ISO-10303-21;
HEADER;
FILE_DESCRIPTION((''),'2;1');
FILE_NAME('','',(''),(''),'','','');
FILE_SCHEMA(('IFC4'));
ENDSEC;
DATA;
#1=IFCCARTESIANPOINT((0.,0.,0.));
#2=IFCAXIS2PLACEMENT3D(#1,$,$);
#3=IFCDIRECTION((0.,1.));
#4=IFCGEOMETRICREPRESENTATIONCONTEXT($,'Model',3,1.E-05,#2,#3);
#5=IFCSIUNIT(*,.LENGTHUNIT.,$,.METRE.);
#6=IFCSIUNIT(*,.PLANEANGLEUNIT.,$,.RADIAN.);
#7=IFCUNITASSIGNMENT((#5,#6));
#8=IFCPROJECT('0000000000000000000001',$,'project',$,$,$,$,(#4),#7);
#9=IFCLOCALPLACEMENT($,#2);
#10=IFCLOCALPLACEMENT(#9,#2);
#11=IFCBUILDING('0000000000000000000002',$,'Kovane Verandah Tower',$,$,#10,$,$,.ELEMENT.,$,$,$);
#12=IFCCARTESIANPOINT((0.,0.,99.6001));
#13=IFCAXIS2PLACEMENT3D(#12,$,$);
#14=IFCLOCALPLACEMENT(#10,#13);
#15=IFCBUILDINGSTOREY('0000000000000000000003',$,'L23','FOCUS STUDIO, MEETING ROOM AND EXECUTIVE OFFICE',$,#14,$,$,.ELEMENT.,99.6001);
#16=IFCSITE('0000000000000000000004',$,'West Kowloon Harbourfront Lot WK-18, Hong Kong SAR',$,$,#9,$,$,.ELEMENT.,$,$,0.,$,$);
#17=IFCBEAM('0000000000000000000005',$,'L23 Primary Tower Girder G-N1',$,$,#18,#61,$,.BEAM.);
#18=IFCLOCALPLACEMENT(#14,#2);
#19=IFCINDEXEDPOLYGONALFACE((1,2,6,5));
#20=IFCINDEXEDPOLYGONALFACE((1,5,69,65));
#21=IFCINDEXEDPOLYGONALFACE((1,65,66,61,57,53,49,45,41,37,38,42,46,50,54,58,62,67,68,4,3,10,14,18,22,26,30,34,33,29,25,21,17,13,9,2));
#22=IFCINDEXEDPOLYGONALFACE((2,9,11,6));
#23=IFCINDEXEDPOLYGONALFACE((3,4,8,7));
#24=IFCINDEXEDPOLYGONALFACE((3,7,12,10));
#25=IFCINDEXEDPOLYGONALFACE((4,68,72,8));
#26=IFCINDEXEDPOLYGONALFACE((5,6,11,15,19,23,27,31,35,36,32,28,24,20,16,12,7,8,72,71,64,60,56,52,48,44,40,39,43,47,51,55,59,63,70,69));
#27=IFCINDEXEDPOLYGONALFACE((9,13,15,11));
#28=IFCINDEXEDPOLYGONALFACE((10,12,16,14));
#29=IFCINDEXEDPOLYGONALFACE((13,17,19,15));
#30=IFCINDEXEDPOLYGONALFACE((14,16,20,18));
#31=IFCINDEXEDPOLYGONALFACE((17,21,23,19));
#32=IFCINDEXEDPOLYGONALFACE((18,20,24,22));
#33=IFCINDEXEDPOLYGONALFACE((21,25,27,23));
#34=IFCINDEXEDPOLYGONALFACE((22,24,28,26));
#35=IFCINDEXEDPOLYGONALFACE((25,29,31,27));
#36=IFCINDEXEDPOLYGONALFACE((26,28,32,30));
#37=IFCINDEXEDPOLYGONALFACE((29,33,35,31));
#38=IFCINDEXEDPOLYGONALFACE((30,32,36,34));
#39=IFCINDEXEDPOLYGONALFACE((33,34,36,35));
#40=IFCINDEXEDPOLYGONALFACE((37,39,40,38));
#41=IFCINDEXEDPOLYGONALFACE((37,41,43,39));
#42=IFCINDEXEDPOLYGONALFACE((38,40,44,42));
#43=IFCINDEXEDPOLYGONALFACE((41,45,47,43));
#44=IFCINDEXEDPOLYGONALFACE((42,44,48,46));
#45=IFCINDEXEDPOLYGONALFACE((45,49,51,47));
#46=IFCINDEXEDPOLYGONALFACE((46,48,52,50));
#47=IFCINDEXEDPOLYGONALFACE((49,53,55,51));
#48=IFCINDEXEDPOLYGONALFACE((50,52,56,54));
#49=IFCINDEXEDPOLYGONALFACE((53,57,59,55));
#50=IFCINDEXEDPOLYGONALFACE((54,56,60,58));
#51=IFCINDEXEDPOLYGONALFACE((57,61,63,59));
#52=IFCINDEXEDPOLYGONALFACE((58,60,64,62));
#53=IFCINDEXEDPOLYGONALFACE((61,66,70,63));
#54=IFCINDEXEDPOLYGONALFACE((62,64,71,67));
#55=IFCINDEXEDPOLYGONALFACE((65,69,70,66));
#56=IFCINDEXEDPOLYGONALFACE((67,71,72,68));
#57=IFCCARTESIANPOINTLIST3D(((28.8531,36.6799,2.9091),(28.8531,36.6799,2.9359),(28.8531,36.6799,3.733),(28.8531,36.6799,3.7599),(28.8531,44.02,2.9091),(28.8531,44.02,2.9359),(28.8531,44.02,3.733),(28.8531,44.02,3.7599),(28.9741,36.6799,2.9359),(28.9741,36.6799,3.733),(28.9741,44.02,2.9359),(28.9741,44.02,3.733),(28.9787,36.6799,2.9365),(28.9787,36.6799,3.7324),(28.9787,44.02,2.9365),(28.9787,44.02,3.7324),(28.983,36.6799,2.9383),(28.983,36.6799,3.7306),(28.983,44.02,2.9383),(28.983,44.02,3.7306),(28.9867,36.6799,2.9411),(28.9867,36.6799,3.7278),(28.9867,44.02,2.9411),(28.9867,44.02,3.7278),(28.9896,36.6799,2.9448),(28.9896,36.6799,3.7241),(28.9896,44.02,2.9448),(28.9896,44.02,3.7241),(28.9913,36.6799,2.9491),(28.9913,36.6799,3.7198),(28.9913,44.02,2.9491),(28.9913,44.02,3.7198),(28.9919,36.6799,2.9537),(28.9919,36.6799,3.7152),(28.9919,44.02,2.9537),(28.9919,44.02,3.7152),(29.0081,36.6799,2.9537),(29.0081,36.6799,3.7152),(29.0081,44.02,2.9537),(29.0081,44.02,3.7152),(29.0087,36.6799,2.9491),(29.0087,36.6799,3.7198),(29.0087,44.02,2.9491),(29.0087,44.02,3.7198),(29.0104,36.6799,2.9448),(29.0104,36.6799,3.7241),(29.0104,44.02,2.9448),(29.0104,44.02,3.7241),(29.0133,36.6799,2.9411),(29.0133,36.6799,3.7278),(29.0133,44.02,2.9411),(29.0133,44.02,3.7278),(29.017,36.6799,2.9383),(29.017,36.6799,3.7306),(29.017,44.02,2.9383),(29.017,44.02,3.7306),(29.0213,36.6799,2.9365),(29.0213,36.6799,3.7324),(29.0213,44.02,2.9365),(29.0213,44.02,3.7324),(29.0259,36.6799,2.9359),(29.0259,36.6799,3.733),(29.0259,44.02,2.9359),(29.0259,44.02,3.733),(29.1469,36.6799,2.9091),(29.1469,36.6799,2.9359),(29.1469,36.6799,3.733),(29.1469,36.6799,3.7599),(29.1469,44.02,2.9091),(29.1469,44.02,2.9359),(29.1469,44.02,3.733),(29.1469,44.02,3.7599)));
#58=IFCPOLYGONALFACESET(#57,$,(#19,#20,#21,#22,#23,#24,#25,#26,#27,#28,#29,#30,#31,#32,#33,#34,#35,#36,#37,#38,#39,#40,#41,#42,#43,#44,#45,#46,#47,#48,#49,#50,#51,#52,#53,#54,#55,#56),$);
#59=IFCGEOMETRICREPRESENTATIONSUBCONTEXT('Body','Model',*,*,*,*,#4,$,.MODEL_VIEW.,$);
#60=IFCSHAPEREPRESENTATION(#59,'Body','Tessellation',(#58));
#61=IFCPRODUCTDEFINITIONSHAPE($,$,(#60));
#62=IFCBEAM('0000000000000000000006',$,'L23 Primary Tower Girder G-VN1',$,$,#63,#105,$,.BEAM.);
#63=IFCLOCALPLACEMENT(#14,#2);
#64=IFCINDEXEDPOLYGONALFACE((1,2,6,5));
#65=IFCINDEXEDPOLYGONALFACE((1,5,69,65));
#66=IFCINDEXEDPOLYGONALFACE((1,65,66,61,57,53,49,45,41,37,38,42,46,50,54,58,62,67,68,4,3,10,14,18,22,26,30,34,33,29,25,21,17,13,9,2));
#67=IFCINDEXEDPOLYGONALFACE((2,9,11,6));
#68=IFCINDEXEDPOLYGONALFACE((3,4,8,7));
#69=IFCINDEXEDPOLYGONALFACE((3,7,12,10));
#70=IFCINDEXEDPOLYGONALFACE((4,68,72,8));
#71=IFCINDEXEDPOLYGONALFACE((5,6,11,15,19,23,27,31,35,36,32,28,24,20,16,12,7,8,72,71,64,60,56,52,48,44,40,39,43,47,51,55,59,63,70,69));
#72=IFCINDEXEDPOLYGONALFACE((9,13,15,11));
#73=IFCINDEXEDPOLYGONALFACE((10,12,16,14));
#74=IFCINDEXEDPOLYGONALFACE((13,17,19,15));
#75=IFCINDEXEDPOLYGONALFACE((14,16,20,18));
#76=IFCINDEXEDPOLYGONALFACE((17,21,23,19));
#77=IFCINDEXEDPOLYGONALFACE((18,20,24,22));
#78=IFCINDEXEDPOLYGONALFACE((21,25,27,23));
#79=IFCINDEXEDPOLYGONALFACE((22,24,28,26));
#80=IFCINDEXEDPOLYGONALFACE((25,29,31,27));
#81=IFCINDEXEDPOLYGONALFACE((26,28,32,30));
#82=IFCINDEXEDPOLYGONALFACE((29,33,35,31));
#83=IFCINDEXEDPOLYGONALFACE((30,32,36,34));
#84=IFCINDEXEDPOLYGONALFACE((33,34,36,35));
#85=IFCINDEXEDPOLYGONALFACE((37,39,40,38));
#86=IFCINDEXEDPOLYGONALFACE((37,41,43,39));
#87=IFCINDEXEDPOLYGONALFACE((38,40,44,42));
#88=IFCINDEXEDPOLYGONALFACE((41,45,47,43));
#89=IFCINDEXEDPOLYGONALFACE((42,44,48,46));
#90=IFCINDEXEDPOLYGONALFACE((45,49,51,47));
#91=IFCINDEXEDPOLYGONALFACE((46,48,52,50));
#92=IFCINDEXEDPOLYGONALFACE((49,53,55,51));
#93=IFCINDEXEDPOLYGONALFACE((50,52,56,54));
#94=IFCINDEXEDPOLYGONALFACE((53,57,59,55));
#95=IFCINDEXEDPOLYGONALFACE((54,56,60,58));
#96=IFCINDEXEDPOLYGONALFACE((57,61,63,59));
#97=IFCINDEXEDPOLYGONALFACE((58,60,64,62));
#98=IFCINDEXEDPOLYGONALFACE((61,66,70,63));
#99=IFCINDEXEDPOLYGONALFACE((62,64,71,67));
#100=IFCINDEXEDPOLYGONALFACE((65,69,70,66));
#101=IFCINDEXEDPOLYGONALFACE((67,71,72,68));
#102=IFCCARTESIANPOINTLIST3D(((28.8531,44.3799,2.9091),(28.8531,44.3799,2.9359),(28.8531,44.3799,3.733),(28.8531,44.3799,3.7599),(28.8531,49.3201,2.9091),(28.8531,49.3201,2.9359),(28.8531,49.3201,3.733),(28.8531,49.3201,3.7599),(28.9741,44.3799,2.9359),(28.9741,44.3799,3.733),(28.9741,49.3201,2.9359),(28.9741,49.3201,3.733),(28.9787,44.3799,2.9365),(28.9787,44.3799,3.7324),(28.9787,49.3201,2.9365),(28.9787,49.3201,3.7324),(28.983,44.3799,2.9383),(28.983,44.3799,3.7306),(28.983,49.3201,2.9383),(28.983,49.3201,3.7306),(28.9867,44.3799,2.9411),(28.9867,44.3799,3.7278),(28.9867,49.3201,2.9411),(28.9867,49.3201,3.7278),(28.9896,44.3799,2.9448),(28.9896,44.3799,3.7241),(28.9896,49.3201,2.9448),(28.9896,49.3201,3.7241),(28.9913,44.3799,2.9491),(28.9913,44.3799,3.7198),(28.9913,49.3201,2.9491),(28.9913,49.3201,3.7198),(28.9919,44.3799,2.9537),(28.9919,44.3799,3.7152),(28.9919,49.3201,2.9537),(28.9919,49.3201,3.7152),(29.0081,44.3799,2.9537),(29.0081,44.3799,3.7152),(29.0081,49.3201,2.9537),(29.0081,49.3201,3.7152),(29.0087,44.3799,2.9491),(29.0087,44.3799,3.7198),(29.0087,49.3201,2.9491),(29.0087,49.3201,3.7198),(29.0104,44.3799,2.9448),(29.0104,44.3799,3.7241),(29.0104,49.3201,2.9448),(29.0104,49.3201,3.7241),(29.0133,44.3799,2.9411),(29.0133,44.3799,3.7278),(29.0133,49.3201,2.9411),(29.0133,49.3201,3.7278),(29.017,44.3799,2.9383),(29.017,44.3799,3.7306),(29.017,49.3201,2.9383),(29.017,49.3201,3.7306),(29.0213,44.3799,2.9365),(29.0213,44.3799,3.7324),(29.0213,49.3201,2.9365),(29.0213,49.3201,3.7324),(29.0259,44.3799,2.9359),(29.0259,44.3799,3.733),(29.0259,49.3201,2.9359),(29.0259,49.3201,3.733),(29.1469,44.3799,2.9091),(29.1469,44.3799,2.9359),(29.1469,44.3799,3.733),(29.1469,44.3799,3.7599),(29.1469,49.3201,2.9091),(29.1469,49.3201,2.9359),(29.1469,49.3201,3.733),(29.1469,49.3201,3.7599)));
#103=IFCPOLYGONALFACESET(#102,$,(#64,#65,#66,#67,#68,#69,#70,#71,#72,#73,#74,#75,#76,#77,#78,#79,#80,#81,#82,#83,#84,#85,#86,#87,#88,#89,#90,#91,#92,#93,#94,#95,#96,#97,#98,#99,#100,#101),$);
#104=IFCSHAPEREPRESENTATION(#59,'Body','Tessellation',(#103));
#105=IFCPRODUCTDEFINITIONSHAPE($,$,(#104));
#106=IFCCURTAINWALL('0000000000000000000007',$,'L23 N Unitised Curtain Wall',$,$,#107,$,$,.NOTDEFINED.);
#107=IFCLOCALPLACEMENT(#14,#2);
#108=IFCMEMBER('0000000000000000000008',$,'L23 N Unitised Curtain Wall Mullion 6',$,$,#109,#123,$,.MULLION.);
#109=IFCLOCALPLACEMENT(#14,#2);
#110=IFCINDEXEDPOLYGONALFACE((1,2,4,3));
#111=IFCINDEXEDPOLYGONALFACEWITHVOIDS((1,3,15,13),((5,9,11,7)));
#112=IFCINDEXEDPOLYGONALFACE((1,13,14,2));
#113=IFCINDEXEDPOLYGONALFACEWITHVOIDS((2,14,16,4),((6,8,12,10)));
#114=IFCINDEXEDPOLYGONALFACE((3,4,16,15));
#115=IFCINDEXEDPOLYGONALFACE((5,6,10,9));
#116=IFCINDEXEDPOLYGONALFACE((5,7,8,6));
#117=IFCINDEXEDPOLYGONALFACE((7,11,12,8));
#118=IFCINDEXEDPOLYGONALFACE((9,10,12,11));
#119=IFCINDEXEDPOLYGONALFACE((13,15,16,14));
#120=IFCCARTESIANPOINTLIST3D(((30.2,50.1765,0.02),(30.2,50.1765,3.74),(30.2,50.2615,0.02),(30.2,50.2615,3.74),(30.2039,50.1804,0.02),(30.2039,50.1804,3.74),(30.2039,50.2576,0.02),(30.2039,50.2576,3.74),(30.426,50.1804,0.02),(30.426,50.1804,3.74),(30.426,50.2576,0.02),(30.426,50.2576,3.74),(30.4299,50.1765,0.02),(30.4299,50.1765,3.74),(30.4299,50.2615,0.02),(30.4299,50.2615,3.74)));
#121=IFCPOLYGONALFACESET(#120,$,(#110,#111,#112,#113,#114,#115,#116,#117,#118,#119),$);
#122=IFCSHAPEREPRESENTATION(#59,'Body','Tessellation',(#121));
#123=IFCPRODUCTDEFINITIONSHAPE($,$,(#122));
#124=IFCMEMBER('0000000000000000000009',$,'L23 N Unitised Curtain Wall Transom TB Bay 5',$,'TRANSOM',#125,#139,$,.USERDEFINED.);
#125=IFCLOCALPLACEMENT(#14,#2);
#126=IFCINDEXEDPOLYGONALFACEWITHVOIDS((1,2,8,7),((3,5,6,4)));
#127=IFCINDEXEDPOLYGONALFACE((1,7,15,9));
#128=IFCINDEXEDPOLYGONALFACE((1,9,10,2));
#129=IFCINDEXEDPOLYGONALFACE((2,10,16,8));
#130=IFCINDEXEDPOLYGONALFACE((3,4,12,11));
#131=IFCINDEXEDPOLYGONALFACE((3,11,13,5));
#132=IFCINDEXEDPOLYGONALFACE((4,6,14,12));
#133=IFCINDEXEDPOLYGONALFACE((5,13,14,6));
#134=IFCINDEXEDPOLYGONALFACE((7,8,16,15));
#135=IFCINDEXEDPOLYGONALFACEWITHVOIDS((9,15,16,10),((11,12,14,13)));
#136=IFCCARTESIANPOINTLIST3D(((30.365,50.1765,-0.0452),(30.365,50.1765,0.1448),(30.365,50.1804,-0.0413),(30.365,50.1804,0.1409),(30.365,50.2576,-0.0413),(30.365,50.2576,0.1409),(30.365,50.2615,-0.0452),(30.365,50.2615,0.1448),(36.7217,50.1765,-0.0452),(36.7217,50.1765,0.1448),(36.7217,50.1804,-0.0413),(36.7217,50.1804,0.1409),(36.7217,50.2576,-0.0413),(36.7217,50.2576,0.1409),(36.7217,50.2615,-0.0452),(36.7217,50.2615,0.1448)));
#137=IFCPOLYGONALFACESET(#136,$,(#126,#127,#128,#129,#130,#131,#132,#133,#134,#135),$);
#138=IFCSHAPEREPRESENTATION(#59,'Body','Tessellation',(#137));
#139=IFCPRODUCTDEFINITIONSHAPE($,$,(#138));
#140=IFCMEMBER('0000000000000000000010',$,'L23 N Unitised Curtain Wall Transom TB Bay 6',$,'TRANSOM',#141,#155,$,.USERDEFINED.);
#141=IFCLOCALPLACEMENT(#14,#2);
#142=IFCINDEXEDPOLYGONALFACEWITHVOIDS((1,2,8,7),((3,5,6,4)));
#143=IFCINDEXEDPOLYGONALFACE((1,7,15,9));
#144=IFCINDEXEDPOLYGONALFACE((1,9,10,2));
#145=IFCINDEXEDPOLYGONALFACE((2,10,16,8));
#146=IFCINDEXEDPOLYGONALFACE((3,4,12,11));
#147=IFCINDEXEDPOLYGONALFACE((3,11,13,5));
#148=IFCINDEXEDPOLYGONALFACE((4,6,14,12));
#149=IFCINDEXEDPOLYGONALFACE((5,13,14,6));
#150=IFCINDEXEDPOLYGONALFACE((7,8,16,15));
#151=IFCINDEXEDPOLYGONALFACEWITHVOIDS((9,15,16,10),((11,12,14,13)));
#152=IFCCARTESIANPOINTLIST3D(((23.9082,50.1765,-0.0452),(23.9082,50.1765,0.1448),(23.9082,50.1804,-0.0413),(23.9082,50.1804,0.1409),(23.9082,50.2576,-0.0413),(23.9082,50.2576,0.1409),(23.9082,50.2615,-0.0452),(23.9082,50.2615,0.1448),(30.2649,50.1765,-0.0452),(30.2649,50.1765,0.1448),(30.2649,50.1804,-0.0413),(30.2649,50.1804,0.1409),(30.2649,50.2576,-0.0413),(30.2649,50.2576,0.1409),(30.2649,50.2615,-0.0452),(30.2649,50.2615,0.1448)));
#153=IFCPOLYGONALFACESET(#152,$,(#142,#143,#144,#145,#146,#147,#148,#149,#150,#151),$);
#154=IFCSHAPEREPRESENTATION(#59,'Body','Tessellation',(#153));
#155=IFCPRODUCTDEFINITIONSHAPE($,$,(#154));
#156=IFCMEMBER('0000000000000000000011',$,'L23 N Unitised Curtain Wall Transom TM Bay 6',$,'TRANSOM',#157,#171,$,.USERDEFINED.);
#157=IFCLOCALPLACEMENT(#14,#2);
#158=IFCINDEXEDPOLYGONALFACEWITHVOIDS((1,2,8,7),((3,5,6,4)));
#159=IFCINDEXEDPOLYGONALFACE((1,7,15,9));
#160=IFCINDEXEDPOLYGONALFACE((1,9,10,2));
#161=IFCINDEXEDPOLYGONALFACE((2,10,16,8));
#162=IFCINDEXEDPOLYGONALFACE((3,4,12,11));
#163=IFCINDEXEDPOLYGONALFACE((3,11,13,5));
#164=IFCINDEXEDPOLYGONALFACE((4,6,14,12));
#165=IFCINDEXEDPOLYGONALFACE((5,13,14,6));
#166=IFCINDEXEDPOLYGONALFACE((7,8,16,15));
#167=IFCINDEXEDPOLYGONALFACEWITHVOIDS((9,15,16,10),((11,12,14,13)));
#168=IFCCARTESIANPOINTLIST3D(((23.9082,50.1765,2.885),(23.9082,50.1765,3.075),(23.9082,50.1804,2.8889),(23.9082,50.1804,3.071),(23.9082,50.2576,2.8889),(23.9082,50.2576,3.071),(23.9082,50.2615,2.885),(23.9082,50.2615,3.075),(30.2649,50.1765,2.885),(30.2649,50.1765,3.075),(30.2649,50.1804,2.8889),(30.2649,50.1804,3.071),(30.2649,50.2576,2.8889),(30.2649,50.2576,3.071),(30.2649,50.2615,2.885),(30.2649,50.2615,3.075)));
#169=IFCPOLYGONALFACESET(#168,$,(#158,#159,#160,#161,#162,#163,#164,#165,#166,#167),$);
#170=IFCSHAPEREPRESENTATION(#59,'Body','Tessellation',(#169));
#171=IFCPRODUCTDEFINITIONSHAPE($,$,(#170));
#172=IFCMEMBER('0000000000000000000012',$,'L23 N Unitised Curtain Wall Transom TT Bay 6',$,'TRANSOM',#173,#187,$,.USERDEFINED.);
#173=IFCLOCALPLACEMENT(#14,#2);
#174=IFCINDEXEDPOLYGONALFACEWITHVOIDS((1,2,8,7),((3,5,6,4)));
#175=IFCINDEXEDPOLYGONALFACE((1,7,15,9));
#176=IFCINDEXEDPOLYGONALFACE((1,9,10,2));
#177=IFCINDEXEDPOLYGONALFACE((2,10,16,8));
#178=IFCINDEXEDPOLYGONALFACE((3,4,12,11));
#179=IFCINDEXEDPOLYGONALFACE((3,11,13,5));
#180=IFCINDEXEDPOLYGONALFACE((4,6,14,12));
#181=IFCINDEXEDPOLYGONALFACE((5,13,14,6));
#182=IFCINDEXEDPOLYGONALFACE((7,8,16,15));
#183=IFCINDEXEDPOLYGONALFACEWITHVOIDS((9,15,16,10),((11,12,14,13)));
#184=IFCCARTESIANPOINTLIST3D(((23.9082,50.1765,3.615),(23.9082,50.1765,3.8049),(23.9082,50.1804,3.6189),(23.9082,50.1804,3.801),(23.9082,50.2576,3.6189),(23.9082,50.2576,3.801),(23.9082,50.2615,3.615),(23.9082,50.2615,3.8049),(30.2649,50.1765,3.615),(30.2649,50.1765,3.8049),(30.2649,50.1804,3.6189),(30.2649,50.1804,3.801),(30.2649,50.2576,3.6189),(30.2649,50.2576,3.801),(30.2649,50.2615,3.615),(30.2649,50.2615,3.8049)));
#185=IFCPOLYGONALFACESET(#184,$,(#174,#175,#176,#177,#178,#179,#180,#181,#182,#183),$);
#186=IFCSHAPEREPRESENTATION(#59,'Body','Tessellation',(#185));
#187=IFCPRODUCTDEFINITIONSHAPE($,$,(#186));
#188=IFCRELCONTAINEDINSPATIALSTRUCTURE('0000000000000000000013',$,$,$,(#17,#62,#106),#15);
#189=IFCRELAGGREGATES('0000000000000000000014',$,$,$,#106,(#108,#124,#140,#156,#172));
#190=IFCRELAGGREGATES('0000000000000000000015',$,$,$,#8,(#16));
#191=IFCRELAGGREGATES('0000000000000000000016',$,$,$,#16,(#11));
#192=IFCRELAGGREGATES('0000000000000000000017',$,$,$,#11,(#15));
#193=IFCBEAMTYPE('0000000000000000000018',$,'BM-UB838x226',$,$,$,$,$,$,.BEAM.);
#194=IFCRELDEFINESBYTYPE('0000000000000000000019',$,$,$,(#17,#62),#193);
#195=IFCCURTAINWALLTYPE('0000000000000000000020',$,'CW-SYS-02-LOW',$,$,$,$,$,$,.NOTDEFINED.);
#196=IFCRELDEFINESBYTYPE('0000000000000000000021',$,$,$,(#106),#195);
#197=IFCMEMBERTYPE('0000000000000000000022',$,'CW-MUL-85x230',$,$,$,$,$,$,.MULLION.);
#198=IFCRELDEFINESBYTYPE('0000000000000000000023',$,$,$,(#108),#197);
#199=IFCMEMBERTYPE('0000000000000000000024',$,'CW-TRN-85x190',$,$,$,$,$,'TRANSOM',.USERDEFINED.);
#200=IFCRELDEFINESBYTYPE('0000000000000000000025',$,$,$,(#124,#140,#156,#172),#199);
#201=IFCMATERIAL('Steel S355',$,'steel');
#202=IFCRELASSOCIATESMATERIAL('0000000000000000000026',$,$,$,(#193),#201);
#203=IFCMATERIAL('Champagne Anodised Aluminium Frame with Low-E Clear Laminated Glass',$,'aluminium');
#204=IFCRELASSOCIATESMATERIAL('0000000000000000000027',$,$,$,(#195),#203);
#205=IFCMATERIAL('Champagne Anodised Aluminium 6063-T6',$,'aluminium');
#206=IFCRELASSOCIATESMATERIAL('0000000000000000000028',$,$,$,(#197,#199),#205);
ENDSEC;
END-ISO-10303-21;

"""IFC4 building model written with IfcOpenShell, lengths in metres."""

from ifc_helpers import new_model, si_unit, direction, frame, origin, origin_2d, place, context, subcontext, project, spatial, hollow_rectangle, i_section, extrude, material, material_profile, profile_set, type_object, element, aggregate, save


model = new_model("IFC4")

# Units and contexts
model_context = context("Model", 3, precision=1e-05, world=origin(), true_north=direction((0.0, 1.0)))
body_context = subcontext(model_context, "Body", "Model", "MODEL_VIEW")
ifc_project = project(units=[si_unit("LENGTHUNIT", "METRE"), si_unit("PLANEANGLEUNIT", "RADIAN")], contexts=[model_context])

# Site, building, storey
site_placement = place(None, origin())
site = spatial("IfcSite", under=ifc_project, at=site_placement, Name="West Kowloon Harbourfront Lot WK-18, Hong Kong SAR", CompositionType="ELEMENT", RefElevation=0.0)
building_placement = place(site_placement, origin())
building = spatial("IfcBuilding", under=site, at=building_placement, Name="Kovane Verandah Tower", CompositionType="ELEMENT")
storey_placement = place(building_placement, frame((0.0, 0.0, 99.6001)))
storey = spatial("IfcBuildingStorey", under=building, at=storey_placement, Name="L23", Description="FOCUS STUDIO, MEETING ROOM AND EXECUTIVE OFFICE", CompositionType="ELEMENT", Elevation=99.6001)

# Beams
ifc_material_1 = material(Name="Steel S355", Category="steel")
ifc_material_profile_1 = material_profile(ifc_material_1, i_section(OverallWidth=0.2937, OverallDepth=0.8508, WebThickness=0.0161, FlangeThickness=0.0269, FilletRadius=0.0178, at=origin_2d()), Name="UB838x292x226")
ifc_profile_set_1 = profile_set([ifc_material_profile_1], Name="Steel S355")
beam_type_1 = type_object("IfcBeamType", Name="BM-UB838x226", PredefinedType="BEAM", material=ifc_profile_set_1)
beam_1_placement = place(storey_placement, frame((29.0, 36.6799, 3.3345), z_axis=(0.0, 1.0, 0.0), x_axis=(-1.0, 0.0, 0.0)))
element("IfcBeam", 1, at=beam_1_placement, inside=storey, type_object=beam_type_1, Name="L23 Primary Tower Girder G-N1", PredefinedType="BEAM", context=body_context, shape_type="SweptSolid", body=[
    extrude(i_section(OverallWidth=0.2937, OverallDepth=0.8508, WebThickness=0.0161, FlangeThickness=0.0269, FilletRadius=0.0178, at=origin_2d()), origin(), (0.0, 0.0, 1.0), 7.3401),
])
beam_2_placement = place(storey_placement, frame((29.0, 44.3799, 3.3345), z_axis=(0.0, 1.0, 0.0), x_axis=(-1.0, 0.0, 0.0)))
element("IfcBeam", 2, at=beam_2_placement, inside=storey, type_object=beam_type_1, Name="L23 Primary Tower Girder G-VN1", PredefinedType="BEAM", context=body_context, shape_type="SweptSolid", body=[
    extrude(i_section(OverallWidth=0.2937, OverallDepth=0.8508, WebThickness=0.0161, FlangeThickness=0.0269, FilletRadius=0.0178, at=origin_2d()), origin(), (0.0, 0.0, 1.0), 4.9402),
])

# Curtain wall, members
ifc_material_2 = material(Name="Champagne Anodised Aluminium Frame with Low-E Clear Laminated Glass", Category="aluminium")
curtain_wall_type = type_object("IfcCurtainWallType", Name="CW-SYS-02-LOW", PredefinedType="NOTDEFINED", material=ifc_material_2)
curtain_wall_placement = place(storey_placement, origin())
curtain_wall = element("IfcCurtainWall", 3, at=curtain_wall_placement, inside=storey, type_object=curtain_wall_type, Name="L23 N Unitised Curtain Wall", PredefinedType="NOTDEFINED")
ifc_material_3 = material(Name="Champagne Anodised Aluminium 6063-T6", Category="aluminium")
ifc_material_profile_2 = material_profile(ifc_material_3, hollow_rectangle(XDim=0.085, YDim=0.23, WallThickness=0.0039, at=origin_2d()), Name="AL85x230x4")
ifc_profile_set_2 = profile_set([ifc_material_profile_2], Name="Champagne Anodised Aluminium 6063-T6")
member_type_1 = type_object("IfcMemberType", Name="CW-MUL-85x230", PredefinedType="MULLION", material=ifc_profile_set_2)
member_1_placement = place(storey_placement, frame((30.3149, 50.219, 0.02), z_axis=(0.0, 0.0, 1.0), x_axis=(0.0, 1.0, 0.0)))
member_1 = element("IfcMember", 4, at=member_1_placement, type_object=member_type_1, Name="L23 N Unitised Curtain Wall Mullion 6", PredefinedType="MULLION", context=body_context, shape_type="SweptSolid", body=[
    extrude(hollow_rectangle(XDim=0.085, YDim=0.23, WallThickness=0.0039, at=origin_2d()), origin(), (0.0, 0.0, 1.0), 3.72),
])
ifc_material_profile_3 = material_profile(ifc_material_3, hollow_rectangle(XDim=0.085, YDim=0.1899, WallThickness=0.0039, at=origin_2d()), Name="AL85x190x4")
ifc_profile_set_3 = profile_set([ifc_material_profile_3], Name="Champagne Anodised Aluminium 6063-T6")
member_type_2 = type_object("IfcMemberType", Name="CW-TRN-85x190", ElementType="TRANSOM", PredefinedType="USERDEFINED", material=ifc_profile_set_3)
member_2_placement = place(storey_placement, frame((36.7217, 50.219, 0.0498), z_axis=(-1.0, 0.0, 0.0), x_axis=(0.0, -1.0, 0.0)))
member_2 = element("IfcMember", 5, at=member_2_placement, type_object=member_type_2, Name="L23 N Unitised Curtain Wall Transom TB Bay 5", ObjectType="TRANSOM", PredefinedType="USERDEFINED", context=body_context, shape_type="SweptSolid", body=[
    extrude(hollow_rectangle(XDim=0.085, YDim=0.1899, WallThickness=0.0039, at=origin_2d()), origin(), (0.0, 0.0, 1.0), 6.3567),
])
member_3_placement = place(storey_placement, frame((30.2649, 50.219, 0.0498), z_axis=(-1.0, 0.0, 0.0), x_axis=(0.0, -1.0, 0.0)))
member_3 = element("IfcMember", 6, at=member_3_placement, type_object=member_type_2, Name="L23 N Unitised Curtain Wall Transom TB Bay 6", ObjectType="TRANSOM", PredefinedType="USERDEFINED", context=body_context, shape_type="SweptSolid", body=[
    extrude(hollow_rectangle(XDim=0.085, YDim=0.1899, WallThickness=0.0039, at=origin_2d()), origin(), (0.0, 0.0, 1.0), 6.3567),
])
member_4_placement = place(storey_placement, frame((30.2649, 50.219, 2.98), z_axis=(-1.0, 0.0, 0.0), x_axis=(0.0, -1.0, 0.0)))
member_4 = element("IfcMember", 7, at=member_4_placement, type_object=member_type_2, Name="L23 N Unitised Curtain Wall Transom TM Bay 6", ObjectType="TRANSOM", PredefinedType="USERDEFINED", context=body_context, shape_type="SweptSolid", body=[
    extrude(hollow_rectangle(XDim=0.085, YDim=0.1899, WallThickness=0.0039, at=origin_2d()), origin(), (0.0, 0.0, 1.0), 6.3567),
])
member_5_placement = place(storey_placement, frame((30.2649, 50.219, 3.71), z_axis=(-1.0, 0.0, 0.0), x_axis=(0.0, -1.0, 0.0)))
member_5 = element("IfcMember", 8, at=member_5_placement, type_object=member_type_2, Name="L23 N Unitised Curtain Wall Transom TT Bay 6", ObjectType="TRANSOM", PredefinedType="USERDEFINED", context=body_context, shape_type="SweptSolid", body=[
    extrude(hollow_rectangle(XDim=0.085, YDim=0.1899, WallThickness=0.0039, at=origin_2d()), origin(), (0.0, 0.0, 1.0), 6.3567),
])

aggregate(curtain_wall, [member_1, member_2, member_3, member_4, member_5])

save(model, "model.ifc")
